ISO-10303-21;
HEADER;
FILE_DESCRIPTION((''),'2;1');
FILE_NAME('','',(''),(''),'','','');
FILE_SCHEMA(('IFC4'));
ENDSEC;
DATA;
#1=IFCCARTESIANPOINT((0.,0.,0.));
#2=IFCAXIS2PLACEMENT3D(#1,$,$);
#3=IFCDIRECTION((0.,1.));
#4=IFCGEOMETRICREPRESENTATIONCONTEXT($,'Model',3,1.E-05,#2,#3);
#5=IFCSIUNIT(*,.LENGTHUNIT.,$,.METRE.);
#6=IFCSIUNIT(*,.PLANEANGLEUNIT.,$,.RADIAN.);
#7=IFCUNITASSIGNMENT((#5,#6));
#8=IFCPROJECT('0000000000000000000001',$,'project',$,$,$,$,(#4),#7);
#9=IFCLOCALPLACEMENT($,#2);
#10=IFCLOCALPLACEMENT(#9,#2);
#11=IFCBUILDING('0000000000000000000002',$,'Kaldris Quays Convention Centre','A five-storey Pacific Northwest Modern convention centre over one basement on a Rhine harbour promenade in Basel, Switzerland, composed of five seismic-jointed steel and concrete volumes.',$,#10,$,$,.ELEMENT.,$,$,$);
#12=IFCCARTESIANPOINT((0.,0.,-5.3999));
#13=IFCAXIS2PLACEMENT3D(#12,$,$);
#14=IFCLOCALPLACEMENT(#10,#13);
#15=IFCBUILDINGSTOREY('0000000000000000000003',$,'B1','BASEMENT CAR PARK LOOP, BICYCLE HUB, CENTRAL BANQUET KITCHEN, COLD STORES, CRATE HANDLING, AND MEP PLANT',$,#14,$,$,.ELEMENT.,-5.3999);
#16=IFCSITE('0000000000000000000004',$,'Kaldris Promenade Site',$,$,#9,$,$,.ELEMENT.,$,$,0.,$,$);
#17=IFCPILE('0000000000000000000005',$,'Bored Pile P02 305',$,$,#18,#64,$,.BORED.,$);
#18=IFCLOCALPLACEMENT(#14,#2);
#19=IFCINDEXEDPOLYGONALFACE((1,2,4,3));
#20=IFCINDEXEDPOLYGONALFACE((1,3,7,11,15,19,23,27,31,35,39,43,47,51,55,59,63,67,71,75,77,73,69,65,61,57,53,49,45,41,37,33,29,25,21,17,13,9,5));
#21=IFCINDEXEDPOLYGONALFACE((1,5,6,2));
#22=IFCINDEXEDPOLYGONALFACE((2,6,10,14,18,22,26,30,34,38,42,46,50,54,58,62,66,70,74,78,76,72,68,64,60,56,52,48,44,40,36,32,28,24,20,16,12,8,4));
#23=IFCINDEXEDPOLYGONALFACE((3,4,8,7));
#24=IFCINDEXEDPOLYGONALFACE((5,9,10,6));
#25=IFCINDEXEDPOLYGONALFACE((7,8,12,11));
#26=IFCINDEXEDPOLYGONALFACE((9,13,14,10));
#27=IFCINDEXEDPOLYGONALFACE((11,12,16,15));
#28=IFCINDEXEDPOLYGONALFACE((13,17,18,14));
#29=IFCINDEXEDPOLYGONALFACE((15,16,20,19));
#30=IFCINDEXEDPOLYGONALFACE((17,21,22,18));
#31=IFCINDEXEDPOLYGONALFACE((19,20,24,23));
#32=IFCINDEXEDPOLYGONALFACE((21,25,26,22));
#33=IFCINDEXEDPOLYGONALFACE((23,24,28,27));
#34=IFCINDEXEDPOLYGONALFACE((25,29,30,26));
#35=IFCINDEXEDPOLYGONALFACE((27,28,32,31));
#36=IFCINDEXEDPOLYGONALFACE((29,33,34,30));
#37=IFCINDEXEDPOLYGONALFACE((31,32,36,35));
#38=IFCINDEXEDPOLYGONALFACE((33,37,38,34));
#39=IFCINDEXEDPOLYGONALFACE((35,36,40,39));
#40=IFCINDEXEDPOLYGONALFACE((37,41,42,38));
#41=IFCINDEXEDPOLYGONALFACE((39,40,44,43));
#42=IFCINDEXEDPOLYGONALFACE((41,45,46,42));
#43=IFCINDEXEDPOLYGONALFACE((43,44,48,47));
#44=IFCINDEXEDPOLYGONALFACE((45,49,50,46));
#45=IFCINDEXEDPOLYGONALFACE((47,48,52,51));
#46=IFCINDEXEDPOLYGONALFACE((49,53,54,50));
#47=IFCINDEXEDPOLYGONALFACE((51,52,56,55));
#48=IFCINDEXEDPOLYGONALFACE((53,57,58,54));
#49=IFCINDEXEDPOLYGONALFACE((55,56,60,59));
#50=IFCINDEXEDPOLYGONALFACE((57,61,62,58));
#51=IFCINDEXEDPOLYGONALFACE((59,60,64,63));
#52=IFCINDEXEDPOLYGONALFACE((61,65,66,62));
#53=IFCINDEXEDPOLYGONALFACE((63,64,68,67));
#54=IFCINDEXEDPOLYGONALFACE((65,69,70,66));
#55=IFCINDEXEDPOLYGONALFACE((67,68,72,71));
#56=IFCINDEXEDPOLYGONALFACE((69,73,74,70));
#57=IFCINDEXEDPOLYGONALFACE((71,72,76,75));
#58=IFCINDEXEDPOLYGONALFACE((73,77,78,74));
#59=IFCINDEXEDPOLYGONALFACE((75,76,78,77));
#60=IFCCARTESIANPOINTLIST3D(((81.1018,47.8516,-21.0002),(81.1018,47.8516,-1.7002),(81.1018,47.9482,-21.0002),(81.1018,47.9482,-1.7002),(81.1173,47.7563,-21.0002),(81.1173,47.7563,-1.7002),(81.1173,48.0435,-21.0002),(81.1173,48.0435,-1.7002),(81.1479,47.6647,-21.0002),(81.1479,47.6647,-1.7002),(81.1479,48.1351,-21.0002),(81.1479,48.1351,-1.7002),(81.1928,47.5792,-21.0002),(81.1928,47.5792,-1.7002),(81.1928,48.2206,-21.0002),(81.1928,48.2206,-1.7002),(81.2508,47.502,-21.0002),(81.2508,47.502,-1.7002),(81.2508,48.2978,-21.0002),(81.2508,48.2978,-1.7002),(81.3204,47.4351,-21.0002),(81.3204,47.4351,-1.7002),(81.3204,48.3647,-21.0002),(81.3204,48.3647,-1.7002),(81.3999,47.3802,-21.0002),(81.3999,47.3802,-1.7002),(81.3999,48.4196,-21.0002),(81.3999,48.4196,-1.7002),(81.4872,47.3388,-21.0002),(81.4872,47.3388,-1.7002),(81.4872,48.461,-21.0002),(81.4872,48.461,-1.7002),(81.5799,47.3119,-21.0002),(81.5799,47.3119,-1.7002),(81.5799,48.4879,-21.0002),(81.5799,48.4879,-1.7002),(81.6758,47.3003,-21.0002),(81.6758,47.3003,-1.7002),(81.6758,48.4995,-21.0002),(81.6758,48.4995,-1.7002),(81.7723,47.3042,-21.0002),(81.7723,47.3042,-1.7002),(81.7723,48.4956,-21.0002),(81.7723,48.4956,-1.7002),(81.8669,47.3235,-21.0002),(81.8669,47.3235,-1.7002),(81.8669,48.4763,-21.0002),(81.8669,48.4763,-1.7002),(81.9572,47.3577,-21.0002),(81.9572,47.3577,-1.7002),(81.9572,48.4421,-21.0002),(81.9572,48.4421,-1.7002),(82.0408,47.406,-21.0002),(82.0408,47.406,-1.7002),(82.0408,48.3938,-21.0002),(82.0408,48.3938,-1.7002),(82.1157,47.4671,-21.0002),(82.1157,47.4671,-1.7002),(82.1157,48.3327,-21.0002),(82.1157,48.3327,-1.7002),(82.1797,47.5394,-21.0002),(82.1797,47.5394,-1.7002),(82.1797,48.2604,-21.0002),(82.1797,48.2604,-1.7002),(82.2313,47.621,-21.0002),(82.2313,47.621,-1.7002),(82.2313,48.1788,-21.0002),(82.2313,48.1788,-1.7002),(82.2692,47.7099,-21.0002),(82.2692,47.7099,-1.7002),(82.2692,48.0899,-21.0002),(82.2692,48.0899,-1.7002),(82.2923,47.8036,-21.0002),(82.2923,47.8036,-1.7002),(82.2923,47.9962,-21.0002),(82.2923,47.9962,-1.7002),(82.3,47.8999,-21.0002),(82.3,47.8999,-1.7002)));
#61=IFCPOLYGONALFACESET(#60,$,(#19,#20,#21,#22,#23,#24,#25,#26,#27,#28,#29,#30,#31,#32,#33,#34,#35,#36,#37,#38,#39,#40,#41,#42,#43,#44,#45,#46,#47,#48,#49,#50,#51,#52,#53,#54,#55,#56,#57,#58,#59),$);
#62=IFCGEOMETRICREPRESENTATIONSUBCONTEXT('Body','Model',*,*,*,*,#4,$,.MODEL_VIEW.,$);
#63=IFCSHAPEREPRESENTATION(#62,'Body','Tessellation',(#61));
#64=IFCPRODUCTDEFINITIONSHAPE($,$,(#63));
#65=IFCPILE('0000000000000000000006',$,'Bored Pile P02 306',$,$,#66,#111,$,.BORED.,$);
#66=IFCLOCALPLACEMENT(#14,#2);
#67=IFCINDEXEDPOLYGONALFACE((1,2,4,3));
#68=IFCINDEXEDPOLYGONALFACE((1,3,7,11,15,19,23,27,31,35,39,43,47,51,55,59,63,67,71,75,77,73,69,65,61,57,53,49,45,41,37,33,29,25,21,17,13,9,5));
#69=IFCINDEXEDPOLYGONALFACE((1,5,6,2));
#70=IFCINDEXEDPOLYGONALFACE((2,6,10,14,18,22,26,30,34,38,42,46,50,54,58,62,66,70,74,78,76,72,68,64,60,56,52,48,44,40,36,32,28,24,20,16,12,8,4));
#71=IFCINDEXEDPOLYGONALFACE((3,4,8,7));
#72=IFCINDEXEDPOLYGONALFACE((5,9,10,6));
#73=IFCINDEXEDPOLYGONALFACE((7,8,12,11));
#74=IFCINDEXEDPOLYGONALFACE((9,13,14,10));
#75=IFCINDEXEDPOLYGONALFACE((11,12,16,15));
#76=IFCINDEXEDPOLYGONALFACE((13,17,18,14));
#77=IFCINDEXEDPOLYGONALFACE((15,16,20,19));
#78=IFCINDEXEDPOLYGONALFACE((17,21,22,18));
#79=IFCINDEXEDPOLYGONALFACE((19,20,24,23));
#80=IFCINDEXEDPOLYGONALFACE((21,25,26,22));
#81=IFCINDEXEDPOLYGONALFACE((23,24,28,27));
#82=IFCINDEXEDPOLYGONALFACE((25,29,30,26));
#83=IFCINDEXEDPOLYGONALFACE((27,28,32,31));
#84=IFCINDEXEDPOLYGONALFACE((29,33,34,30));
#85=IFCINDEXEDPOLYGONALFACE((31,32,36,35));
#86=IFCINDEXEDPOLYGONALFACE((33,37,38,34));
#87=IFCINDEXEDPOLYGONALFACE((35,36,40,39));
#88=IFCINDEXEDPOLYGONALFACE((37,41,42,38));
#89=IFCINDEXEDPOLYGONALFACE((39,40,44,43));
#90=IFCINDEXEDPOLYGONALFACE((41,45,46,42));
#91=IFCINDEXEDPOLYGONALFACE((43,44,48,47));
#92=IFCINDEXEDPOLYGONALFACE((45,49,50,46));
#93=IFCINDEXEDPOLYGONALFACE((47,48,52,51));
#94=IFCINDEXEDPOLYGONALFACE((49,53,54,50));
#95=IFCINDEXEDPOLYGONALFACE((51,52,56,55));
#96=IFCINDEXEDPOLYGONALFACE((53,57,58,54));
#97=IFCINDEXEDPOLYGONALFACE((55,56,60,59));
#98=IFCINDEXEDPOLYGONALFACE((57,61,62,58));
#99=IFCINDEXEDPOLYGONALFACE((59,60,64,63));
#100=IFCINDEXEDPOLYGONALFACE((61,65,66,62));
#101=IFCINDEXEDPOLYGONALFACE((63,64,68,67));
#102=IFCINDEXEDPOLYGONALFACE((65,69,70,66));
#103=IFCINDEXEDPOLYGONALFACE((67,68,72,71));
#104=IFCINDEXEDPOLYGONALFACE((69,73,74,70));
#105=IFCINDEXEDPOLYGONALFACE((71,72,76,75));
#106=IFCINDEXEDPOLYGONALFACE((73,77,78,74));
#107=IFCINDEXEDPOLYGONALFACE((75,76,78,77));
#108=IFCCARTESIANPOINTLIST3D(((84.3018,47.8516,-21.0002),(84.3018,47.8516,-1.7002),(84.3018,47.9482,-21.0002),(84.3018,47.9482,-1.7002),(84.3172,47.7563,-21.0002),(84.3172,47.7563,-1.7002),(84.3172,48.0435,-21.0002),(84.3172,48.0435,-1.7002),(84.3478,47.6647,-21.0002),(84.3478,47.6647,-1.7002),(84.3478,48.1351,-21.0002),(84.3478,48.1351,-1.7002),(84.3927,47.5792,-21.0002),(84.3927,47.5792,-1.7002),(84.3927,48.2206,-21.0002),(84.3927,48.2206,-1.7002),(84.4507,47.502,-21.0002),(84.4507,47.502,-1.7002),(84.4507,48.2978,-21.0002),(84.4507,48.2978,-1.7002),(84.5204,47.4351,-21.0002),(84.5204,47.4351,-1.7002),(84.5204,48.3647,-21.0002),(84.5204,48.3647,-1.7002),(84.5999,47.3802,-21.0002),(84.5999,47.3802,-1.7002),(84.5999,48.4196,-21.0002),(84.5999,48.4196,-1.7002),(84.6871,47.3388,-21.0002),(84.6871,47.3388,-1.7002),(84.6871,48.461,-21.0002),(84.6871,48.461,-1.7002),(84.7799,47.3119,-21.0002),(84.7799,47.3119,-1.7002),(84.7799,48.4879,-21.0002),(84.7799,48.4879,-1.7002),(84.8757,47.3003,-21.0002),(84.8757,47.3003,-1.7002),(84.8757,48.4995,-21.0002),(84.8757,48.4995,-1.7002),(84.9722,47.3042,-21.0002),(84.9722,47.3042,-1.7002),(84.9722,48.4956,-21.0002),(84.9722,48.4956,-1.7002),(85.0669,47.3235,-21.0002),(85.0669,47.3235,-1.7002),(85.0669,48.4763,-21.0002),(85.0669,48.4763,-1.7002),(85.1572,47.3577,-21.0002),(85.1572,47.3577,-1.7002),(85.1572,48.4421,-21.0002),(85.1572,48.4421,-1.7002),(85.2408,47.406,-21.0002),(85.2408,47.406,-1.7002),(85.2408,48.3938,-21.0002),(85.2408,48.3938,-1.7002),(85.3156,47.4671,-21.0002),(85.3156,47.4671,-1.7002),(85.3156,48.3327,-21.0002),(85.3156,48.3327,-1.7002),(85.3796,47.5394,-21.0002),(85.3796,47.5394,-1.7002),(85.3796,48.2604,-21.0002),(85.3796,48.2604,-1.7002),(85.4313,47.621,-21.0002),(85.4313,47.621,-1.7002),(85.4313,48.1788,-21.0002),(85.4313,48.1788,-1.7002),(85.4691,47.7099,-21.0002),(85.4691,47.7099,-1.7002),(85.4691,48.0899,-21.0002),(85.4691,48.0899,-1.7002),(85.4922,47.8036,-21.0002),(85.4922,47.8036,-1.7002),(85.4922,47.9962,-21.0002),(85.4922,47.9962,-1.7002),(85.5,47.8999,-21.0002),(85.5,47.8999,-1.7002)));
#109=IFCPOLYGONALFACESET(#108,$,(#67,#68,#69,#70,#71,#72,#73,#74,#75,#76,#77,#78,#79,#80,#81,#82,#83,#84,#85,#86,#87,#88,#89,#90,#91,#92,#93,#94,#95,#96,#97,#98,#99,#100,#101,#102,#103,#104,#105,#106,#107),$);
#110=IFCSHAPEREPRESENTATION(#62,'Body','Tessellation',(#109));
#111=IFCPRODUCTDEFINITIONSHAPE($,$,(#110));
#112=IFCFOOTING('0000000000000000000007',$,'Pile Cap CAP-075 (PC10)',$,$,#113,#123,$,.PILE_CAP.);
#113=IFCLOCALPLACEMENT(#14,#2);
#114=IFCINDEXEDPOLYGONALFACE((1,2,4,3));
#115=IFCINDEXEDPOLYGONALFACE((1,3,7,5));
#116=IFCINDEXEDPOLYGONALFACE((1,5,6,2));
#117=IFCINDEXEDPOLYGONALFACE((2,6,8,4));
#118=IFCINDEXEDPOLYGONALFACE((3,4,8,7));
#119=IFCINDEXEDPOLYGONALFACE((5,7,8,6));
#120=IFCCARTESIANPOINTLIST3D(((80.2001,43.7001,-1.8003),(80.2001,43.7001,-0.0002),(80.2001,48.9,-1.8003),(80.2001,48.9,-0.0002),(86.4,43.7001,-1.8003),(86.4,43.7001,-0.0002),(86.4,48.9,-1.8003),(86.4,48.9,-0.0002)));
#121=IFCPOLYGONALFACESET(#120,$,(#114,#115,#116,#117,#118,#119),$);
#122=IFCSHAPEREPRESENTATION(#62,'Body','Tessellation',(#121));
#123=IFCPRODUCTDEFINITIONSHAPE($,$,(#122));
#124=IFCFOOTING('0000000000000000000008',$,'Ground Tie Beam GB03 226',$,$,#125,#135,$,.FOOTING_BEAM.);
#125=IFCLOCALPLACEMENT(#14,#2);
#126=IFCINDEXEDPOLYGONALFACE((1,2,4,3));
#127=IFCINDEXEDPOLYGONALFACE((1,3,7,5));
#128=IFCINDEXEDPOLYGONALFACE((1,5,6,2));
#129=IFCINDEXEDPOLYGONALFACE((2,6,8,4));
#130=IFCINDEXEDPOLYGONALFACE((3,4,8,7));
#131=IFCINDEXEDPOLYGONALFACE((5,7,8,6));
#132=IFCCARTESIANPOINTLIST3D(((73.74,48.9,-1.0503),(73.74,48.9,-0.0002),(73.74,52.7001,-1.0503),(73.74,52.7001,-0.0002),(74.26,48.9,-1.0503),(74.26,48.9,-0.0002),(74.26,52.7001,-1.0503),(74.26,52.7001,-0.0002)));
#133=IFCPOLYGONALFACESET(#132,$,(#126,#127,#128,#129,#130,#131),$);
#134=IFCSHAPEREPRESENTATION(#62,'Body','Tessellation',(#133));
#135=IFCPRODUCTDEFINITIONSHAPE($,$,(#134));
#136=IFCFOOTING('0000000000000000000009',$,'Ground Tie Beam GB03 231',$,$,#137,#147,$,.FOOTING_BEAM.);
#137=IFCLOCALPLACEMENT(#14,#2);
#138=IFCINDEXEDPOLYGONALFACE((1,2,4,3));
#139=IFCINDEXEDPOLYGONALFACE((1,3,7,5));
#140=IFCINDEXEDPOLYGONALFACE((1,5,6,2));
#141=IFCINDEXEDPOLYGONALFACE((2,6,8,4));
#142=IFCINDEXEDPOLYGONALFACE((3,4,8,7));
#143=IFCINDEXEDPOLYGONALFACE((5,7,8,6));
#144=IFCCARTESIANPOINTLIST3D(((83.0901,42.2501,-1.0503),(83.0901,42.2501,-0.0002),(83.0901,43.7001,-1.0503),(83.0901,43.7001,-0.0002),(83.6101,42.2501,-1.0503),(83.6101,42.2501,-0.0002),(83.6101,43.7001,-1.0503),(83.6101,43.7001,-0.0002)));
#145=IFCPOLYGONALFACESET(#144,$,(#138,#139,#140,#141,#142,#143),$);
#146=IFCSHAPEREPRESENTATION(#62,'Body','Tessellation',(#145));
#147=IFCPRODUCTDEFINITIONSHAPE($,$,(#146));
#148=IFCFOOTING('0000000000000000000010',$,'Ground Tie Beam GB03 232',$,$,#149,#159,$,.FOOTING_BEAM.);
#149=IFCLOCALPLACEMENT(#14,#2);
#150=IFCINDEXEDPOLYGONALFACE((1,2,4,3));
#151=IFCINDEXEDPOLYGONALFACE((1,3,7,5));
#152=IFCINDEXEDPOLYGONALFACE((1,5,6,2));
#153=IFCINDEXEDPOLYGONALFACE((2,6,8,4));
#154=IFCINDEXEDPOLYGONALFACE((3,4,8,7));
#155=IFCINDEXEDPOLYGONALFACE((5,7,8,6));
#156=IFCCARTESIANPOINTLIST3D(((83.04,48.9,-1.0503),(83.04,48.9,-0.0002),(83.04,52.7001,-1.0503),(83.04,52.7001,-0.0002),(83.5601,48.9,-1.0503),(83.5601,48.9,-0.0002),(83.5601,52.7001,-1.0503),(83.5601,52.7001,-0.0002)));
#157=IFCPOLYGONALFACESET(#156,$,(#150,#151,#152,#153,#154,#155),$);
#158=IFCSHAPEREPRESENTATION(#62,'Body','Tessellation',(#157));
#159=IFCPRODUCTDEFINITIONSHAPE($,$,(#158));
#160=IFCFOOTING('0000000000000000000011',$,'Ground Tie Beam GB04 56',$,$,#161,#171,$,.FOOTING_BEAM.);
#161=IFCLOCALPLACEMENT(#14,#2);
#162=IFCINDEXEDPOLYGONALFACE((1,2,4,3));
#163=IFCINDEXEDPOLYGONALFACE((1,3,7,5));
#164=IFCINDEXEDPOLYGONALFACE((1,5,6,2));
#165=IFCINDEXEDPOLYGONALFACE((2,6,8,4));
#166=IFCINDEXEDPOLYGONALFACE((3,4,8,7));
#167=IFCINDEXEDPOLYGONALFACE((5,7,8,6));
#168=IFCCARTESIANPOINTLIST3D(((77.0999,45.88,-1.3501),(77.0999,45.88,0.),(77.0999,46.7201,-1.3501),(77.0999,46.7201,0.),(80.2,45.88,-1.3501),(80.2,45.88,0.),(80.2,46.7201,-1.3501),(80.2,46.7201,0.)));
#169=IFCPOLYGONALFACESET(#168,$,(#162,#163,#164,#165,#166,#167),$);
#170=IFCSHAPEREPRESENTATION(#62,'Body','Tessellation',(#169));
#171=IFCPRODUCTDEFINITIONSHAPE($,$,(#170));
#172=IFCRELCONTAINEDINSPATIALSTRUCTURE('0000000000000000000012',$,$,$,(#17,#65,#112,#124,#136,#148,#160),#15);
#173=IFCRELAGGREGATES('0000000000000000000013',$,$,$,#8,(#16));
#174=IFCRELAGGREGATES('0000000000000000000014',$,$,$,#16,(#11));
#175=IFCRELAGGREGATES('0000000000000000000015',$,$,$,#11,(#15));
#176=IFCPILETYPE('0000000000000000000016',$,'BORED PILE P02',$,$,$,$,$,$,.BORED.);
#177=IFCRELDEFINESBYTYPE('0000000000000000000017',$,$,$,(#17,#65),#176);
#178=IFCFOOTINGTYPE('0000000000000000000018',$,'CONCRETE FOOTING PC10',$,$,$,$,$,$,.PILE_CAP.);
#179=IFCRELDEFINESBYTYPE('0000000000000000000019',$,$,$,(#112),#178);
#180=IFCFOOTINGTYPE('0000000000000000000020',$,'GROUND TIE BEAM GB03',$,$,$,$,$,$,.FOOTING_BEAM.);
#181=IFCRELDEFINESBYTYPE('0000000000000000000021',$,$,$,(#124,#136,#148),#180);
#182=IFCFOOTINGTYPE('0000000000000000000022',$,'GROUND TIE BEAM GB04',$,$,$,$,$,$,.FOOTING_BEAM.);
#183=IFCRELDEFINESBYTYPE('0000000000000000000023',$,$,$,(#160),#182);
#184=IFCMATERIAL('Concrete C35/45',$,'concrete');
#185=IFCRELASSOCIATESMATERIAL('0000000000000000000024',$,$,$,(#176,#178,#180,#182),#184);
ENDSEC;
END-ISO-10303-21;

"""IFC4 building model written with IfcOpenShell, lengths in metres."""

from ifc_helpers import new_model, si_unit, direction, frame, origin, origin_2d, place, context, subcontext, project, spatial, rectangle, circle, extrude, material, material_profile, profile_set, type_object, element, save


model = new_model("IFC4")

# Units and contexts
model_context = context("Model", 3, precision=1e-05, world=origin(), true_north=direction((0.0, 1.0)))
body_context = subcontext(model_context, "Body", "Model", "MODEL_VIEW")
ifc_project = project(units=[si_unit("LENGTHUNIT", "METRE"), si_unit("PLANEANGLEUNIT", "RADIAN")], contexts=[model_context])

# Site, building, storey
site_placement = place(None, origin())
site = spatial("IfcSite", under=ifc_project, at=site_placement, Name="Kaldris Promenade Site", CompositionType="ELEMENT", RefElevation=0.0)
building_placement = place(site_placement, origin())
building = spatial("IfcBuilding", under=site, at=building_placement, Name="Kaldris Quays Convention Centre", Description="A five-storey Pacific Northwest Modern convention centre over one basement on a Rhine harbour promenade in Basel, Switzerland, composed of five seismic-jointed steel and concrete volumes.", CompositionType="ELEMENT")
storey_placement = place(building_placement, frame((0.0, 0.0, -5.3999)))
storey = spatial("IfcBuildingStorey", under=building, at=storey_placement, Name="B1", Description="BASEMENT CAR PARK LOOP, BICYCLE HUB, CENTRAL BANQUET KITCHEN, COLD STORES, CRATE HANDLING, AND MEP PLANT", CompositionType="ELEMENT", Elevation=-5.3999)

# Piles
ifc_material_1 = material(Name="Concrete C35/45", Category="concrete")
ifc_material_profile_1 = material_profile(ifc_material_1, circle(Radius=0.6001, at=origin_2d()), Name="BORED PILE D1200")
ifc_profile_set_1 = profile_set([ifc_material_profile_1], Name="Concrete C35/45")
pile_type = type_object("IfcPileType", Name="BORED PILE P02", PredefinedType="BORED", material=ifc_profile_set_1)
for number, where, z_axis, x_axis, name in (
    (1, (81.7, 47.8999, -1.7002), (0.0, 0.0, -1.0), (1.0, 0.0, 0.0), "Bored Pile P02 305"),
    (2, (84.8999, 47.8999, -1.7002), (0.0, 0.0, -1.0), (1.0, 0.0, 0.0), "Bored Pile P02 306"),
):
    element("IfcPile", number, at=place(storey_placement, frame(where, z_axis=z_axis, x_axis=x_axis)), inside=storey, type_object=pile_type, Name=name, PredefinedType="BORED", context=body_context, shape_type="SweptSolid", body=[
        extrude(circle(Radius=0.6001, at=origin_2d()), origin(), (0.0, 0.0, 1.0), 19.3),
    ])

# Footings
footing_type_1 = type_object("IfcFootingType", Name="CONCRETE FOOTING PC10", PredefinedType="PILE_CAP", material=ifc_material_1)
footing_1_placement = place(storey_placement, frame((83.3, 46.3, -1.8003), z_axis=(0.0, 0.0, 1.0), x_axis=(1.0, 0.0, 0.0)))
element("IfcFooting", 3, at=footing_1_placement, inside=storey, type_object=footing_type_1, Name="Pile Cap CAP-075 (PC10)", PredefinedType="PILE_CAP", context=body_context, shape_type="SweptSolid", body=[
    extrude(rectangle(XDim=6.2, YDim=5.2, at=origin_2d()), origin(), (0.0, 0.0, 1.0), 1.8),
])
footing_type_2 = type_object("IfcFootingType", Name="GROUND TIE BEAM GB03", PredefinedType="FOOTING_BEAM", material=ifc_material_1)
footing_2_placement = place(storey_placement, frame((74.0, 50.8, -1.0503), z_axis=(0.0, 0.0, 1.0), x_axis=(1.0, 0.0, 0.0)))
element("IfcFooting", 4, at=footing_2_placement, inside=storey, type_object=footing_type_2, Name="Ground Tie Beam GB03 226", PredefinedType="FOOTING_BEAM", context=body_context, shape_type="SweptSolid", body=[
    extrude(rectangle(XDim=0.52, YDim=3.8, at=origin_2d()), origin(), (0.0, 0.0, 1.0), 1.05),
])
footing_3_placement = place(storey_placement, frame((83.3501, 42.9751, -1.0503), z_axis=(0.0, 0.0, 1.0), x_axis=(1.0, 0.0, 0.0)))
element("IfcFooting", 5, at=footing_3_placement, inside=storey, type_object=footing_type_2, Name="Ground Tie Beam GB03 231", PredefinedType="FOOTING_BEAM", context=body_context, shape_type="SweptSolid", body=[
    extrude(rectangle(XDim=0.52, YDim=1.45, at=origin_2d()), origin(), (0.0, 0.0, 1.0), 1.05),
])
footing_4_placement = place(storey_placement, frame((83.3, 50.8, -1.0503), z_axis=(0.0, 0.0, 1.0), x_axis=(1.0, 0.0, 0.0)))
element("IfcFooting", 6, at=footing_4_placement, inside=storey, type_object=footing_type_2, Name="Ground Tie Beam GB03 232", PredefinedType="FOOTING_BEAM", context=body_context, shape_type="SweptSolid", body=[
    extrude(rectangle(XDim=0.52, YDim=3.8, at=origin_2d()), origin(), (0.0, 0.0, 1.0), 1.05),
])
footing_type_3 = type_object("IfcFootingType", Name="GROUND TIE BEAM GB04", PredefinedType="FOOTING_BEAM", material=ifc_material_1)
footing_5_placement = place(storey_placement, frame((78.6499, 46.3, -1.3501), z_axis=(0.0, 0.0, 1.0), x_axis=(1.0, 0.0, 0.0)))
element("IfcFooting", 7, at=footing_5_placement, inside=storey, type_object=footing_type_3, Name="Ground Tie Beam GB04 56", PredefinedType="FOOTING_BEAM", context=body_context, shape_type="SweptSolid", body=[
    extrude(rectangle(XDim=3.1001, YDim=0.8401, at=origin_2d()), origin(), (0.0, 0.0, 1.0), 1.3501),
])

save(model, "model.ifc")
